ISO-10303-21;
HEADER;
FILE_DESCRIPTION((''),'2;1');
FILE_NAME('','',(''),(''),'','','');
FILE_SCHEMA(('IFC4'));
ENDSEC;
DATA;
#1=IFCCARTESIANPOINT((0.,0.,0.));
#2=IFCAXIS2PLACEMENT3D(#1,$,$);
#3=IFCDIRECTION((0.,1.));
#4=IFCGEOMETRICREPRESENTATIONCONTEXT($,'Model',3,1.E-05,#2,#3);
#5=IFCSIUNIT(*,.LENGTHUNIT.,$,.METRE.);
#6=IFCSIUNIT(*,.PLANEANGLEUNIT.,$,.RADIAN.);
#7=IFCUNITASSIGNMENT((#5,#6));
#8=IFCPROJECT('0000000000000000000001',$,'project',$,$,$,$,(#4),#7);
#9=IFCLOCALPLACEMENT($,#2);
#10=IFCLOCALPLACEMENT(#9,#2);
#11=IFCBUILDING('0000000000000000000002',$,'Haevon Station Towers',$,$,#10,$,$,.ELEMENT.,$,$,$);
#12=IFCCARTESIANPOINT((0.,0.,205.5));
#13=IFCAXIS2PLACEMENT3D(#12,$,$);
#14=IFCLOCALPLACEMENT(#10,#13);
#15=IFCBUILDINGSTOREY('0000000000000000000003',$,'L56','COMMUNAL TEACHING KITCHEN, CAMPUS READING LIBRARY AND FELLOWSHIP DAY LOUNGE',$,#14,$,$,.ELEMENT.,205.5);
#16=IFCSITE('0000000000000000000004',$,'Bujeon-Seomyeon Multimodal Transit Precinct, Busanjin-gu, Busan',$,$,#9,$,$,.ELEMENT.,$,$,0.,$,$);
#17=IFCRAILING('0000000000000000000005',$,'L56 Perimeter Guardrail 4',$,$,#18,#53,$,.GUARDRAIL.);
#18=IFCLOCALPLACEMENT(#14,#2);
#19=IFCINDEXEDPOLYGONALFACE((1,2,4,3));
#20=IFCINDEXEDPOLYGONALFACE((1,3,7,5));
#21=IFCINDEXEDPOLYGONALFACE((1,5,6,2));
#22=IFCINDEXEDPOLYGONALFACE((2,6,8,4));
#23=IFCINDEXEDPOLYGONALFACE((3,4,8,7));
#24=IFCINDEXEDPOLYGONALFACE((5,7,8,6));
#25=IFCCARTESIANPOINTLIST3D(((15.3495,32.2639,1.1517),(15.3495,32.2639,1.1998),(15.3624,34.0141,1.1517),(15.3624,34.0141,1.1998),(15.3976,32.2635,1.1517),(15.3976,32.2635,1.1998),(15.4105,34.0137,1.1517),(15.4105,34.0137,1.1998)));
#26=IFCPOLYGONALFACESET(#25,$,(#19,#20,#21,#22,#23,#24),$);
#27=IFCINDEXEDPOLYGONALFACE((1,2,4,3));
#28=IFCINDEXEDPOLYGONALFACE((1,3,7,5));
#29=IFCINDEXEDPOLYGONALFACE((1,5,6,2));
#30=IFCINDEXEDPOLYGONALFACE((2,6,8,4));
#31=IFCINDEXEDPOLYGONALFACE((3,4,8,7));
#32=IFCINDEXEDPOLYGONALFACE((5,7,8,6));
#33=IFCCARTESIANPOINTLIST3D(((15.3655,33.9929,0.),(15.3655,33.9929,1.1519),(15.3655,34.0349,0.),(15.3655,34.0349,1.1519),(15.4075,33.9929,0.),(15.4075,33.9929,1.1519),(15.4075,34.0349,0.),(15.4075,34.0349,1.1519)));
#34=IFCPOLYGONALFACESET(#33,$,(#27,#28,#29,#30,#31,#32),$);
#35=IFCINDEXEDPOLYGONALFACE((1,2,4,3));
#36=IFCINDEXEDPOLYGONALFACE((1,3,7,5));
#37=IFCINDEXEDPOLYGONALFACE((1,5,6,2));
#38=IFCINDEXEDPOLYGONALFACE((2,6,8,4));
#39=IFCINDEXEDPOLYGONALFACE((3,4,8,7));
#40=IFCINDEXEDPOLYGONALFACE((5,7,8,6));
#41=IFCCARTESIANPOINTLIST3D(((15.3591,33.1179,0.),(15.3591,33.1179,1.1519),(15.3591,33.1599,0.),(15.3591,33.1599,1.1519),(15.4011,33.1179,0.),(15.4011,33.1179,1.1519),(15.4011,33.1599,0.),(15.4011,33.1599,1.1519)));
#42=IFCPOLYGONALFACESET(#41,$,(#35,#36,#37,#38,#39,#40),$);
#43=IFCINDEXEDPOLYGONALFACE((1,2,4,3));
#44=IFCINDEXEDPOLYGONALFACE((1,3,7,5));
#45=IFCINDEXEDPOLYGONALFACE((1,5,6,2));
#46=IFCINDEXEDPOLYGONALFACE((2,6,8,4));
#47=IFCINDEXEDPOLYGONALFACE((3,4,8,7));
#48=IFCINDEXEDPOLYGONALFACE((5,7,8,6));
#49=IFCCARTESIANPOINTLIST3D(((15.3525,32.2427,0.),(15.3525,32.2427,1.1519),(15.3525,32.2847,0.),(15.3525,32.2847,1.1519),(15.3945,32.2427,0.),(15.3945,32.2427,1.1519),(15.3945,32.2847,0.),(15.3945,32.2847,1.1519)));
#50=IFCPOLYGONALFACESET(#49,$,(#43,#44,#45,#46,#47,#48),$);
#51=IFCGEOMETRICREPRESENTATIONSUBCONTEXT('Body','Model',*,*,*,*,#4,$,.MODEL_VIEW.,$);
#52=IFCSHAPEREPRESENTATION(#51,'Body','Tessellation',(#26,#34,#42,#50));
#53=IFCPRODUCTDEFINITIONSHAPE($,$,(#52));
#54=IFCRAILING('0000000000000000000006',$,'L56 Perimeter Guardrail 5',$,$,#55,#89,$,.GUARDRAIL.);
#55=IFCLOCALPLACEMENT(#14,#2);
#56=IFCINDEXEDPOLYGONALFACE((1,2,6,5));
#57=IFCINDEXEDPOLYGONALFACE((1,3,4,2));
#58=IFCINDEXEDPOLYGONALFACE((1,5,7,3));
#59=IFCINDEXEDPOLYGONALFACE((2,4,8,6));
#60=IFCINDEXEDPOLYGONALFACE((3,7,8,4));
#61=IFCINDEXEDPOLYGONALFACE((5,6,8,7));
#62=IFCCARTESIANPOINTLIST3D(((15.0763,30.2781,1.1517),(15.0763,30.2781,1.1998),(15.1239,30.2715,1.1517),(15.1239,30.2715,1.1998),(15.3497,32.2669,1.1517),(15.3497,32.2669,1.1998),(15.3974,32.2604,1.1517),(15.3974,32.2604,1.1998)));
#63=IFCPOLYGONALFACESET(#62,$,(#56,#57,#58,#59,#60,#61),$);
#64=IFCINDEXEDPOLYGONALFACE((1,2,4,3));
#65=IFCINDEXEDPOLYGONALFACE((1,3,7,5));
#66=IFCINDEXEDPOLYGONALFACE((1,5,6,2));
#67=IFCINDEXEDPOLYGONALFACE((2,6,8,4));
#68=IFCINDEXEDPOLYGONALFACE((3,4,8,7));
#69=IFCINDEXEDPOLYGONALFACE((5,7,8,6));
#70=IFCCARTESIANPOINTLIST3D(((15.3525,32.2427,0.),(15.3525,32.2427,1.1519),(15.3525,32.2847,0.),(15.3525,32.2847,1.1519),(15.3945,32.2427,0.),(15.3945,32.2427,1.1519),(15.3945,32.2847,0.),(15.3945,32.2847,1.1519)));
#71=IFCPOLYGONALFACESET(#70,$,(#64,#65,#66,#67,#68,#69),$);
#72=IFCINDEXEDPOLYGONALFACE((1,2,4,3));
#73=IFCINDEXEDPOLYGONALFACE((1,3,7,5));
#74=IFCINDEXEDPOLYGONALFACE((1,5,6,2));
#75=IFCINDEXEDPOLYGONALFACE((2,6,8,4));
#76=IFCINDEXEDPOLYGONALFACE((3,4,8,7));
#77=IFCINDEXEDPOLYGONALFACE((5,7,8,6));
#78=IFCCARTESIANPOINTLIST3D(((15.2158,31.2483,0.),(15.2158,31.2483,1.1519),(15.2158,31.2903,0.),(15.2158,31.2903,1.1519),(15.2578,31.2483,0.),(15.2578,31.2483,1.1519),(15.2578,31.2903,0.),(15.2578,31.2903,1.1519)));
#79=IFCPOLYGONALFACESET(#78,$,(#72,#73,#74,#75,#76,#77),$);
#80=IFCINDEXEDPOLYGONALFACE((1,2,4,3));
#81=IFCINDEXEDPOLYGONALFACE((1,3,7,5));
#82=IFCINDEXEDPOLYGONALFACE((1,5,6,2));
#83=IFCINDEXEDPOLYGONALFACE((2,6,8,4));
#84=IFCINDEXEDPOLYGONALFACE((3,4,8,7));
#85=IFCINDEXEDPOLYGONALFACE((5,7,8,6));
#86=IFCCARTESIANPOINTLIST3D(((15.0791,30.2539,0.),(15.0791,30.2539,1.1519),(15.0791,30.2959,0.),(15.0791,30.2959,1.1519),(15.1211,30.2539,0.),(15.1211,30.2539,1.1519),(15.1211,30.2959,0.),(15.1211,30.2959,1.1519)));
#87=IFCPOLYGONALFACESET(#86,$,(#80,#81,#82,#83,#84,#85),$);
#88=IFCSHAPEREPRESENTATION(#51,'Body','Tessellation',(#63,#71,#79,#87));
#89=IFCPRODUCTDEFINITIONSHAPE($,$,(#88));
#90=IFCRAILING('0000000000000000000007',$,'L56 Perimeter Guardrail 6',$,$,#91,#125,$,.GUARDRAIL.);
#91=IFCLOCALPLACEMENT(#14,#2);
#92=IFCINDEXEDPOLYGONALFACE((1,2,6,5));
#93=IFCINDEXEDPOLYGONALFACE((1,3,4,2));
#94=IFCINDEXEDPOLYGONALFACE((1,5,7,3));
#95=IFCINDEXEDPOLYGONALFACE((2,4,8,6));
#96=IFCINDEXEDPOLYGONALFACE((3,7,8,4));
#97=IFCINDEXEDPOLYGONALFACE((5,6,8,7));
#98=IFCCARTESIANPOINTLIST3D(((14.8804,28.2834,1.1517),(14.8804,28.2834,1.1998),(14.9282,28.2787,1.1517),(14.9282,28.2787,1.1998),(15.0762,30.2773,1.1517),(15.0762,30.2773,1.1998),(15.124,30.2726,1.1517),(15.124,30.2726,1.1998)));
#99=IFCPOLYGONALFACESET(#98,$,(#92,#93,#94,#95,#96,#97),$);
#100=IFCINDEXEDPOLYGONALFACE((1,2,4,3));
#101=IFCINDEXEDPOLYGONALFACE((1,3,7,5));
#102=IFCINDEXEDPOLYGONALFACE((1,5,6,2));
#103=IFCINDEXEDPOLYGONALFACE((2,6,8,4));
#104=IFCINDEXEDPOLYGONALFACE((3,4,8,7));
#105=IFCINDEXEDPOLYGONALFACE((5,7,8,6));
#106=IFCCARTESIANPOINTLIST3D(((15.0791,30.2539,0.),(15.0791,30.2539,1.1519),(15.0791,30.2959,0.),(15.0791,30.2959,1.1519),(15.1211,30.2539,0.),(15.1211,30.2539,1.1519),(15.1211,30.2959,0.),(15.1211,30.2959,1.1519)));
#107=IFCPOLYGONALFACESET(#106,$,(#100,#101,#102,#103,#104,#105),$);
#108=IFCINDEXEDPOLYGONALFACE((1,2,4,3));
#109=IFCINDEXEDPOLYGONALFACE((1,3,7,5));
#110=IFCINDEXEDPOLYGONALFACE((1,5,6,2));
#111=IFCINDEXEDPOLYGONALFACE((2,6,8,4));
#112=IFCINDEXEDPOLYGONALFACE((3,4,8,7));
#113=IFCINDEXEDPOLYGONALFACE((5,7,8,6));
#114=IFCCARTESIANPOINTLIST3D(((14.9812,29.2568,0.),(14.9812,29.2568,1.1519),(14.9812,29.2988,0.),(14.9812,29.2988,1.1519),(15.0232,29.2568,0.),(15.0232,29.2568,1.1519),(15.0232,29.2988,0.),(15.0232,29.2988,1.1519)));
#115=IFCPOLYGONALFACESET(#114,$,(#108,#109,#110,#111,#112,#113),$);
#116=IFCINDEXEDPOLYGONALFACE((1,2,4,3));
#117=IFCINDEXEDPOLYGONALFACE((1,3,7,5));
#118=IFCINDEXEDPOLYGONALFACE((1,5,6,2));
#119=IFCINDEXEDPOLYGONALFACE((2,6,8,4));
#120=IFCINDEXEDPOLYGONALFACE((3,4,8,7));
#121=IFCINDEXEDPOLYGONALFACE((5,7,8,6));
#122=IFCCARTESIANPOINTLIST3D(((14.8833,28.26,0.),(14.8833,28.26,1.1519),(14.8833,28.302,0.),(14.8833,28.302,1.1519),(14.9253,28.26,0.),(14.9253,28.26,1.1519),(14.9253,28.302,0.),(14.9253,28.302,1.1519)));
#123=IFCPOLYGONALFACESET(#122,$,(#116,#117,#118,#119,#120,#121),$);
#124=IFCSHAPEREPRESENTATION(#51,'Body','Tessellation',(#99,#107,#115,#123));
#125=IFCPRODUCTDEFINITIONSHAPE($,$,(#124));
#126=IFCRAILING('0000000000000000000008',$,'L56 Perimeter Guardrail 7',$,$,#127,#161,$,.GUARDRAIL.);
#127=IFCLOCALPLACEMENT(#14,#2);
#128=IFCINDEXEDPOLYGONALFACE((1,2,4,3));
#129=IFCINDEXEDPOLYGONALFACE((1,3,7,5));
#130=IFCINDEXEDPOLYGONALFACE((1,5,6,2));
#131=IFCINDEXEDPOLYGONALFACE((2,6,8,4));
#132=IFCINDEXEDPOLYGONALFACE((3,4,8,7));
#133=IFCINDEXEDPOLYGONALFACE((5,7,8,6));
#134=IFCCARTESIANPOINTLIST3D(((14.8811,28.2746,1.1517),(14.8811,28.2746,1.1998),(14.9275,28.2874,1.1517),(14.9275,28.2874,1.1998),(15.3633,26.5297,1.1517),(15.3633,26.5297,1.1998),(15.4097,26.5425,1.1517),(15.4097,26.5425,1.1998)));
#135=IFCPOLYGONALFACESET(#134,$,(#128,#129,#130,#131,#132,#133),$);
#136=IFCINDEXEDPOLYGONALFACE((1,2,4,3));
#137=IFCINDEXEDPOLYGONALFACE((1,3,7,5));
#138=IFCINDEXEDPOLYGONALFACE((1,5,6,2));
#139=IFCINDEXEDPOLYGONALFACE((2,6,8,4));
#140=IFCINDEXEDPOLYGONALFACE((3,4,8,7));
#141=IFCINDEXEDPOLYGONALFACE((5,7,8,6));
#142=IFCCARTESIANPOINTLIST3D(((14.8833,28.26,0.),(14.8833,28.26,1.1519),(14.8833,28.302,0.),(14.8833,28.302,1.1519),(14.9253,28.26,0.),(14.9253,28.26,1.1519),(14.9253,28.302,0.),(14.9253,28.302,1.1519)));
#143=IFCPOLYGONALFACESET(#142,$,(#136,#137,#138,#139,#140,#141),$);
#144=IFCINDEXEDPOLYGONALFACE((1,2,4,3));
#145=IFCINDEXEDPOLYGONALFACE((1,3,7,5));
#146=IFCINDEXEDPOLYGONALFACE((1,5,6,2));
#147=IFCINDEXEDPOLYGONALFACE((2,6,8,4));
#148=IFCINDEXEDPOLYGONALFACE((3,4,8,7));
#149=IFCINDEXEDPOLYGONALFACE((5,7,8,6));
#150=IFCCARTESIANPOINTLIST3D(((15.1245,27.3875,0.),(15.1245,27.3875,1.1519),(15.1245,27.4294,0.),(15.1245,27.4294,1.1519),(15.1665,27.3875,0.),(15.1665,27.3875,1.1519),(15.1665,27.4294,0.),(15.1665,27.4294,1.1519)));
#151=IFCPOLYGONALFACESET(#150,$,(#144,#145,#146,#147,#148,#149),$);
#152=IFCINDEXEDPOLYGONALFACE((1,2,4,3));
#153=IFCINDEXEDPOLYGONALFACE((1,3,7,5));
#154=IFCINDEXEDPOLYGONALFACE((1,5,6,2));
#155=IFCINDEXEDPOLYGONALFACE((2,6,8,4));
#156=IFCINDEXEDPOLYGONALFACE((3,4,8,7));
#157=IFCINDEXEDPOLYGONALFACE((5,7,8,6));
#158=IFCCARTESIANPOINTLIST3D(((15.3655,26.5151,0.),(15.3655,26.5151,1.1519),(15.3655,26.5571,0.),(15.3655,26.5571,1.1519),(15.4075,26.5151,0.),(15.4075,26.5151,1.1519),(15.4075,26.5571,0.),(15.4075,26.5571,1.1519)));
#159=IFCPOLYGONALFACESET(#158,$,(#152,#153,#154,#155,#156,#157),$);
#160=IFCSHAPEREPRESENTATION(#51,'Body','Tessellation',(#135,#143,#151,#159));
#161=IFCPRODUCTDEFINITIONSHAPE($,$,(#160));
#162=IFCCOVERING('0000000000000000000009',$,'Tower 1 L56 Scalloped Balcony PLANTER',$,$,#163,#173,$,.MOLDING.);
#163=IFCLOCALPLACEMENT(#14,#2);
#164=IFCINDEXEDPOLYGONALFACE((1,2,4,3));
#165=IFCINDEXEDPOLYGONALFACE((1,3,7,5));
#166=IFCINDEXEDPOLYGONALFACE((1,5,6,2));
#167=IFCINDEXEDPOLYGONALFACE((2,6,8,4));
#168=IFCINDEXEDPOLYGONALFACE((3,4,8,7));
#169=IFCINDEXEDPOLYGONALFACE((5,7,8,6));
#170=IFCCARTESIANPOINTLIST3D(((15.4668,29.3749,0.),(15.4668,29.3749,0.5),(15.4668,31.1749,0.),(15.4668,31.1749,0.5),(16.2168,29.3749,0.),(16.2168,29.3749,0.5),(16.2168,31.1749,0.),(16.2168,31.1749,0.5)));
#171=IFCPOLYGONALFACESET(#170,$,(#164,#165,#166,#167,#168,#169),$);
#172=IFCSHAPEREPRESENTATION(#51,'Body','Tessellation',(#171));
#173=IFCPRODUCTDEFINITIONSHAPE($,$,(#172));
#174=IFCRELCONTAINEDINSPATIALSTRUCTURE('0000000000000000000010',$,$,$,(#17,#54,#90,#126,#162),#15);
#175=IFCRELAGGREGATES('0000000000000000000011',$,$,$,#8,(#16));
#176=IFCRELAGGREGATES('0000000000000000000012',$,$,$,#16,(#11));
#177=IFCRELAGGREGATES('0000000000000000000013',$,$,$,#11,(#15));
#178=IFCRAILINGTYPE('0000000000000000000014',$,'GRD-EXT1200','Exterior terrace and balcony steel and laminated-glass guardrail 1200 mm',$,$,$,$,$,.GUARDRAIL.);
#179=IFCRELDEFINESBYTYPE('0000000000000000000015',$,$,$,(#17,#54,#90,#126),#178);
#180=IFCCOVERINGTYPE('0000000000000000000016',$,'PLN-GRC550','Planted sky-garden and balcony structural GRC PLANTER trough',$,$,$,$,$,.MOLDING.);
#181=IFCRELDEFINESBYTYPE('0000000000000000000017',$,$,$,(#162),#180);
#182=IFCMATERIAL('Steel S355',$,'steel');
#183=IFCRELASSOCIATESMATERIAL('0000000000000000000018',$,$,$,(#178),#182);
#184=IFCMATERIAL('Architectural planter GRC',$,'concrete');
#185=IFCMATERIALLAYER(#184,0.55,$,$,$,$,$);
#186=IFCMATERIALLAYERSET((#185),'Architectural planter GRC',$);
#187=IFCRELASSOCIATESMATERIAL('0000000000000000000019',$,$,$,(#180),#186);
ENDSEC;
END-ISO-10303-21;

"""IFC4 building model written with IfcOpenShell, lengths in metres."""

from ifc_helpers import new_model, si_unit, direction, frame, origin, origin_2d, place, context, subcontext, project, spatial, rectangle, extrude, material, layer, layer_set, type_object, element, save


model = new_model("IFC4")

# Units and contexts
model_context = context("Model", 3, precision=1e-05, world=origin(), true_north=direction((0.0, 1.0)))
body_context = subcontext(model_context, "Body", "Model", "MODEL_VIEW")
ifc_project = project(units=[si_unit("LENGTHUNIT", "METRE"), si_unit("PLANEANGLEUNIT", "RADIAN")], contexts=[model_context])

# Site, building, storey
site_placement = place(None, origin())
site = spatial("IfcSite", under=ifc_project, at=site_placement, Name="Bujeon-Seomyeon Multimodal Transit Precinct, Busanjin-gu, Busan", CompositionType="ELEMENT", RefElevation=0.0)
building_placement = place(site_placement, origin())
building = spatial("IfcBuilding", under=site, at=building_placement, Name="Haevon Station Towers", CompositionType="ELEMENT")
storey_placement = place(building_placement, frame((0.0, 0.0, 205.5)))
storey = spatial("IfcBuildingStorey", under=building, at=storey_placement, Name="L56", Description="COMMUNAL TEACHING KITCHEN, CAMPUS READING LIBRARY AND FELLOWSHIP DAY LOUNGE", CompositionType="ELEMENT", Elevation=205.5)

# Shared definitions
ifc_material_1 = material(Name="Steel S355", Category="steel")

# Railings
railing_type = type_object("IfcRailingType", Name="GRD-EXT1200", Description="Exterior terrace and balcony steel and laminated-glass guardrail 1200 mm", PredefinedType="GUARDRAIL", material=ifc_material_1)
railing_1_placement = place(storey_placement, frame((15.3865, 34.0139, 0.0)))
element("IfcRailing", 1, at=railing_1_placement, inside=storey, type_object=railing_type, Name="L56 Perimeter Guardrail 4", PredefinedType="GUARDRAIL", context=body_context, shape_type="SweptSolid", body=[
    extrude(rectangle(XDim=0.0481, YDim=0.0481, at=origin_2d()), frame((0.0, 0.0, 1.1758), z_axis=(-0.007393, -0.999973, 0.0), x_axis=(0.999973, -0.007393, 0.0)), (0.0, 0.0, 1.0), 1.7502),
    extrude(rectangle(XDim=0.042, YDim=0.042, at=origin_2d()), origin(), (0.0, 0.0, 1.0), 1.1519),
    extrude(rectangle(XDim=0.042, YDim=0.042, at=origin_2d()), frame((-0.0063, -0.875, 0.0)), (0.0, 0.0, 1.0), 1.1519),
    extrude(rectangle(XDim=0.042, YDim=0.042, at=origin_2d()), frame((-0.0129, -1.7502, 0.0)), (0.0, 0.0, 1.0), 1.1519),
])
railing_2_placement = place(storey_placement, frame((15.3735, 32.2637, 0.0)))
element("IfcRailing", 2, at=railing_2_placement, inside=storey, type_object=railing_type, Name="L56 Perimeter Guardrail 5", PredefinedType="GUARDRAIL", context=body_context, shape_type="SweptSolid", body=[
    extrude(rectangle(XDim=0.0481, YDim=0.0481, at=origin_2d()), frame((0.0, 0.0, 1.1758), z_axis=(-0.136209, -0.99068, 0.0), x_axis=(0.99068, -0.136209, 0.0)), (0.0, 0.0, 1.0), 2.0076),
    extrude(rectangle(XDim=0.042, YDim=0.042, at=origin_2d()), origin(), (0.0, 0.0, 1.0), 1.1519),
    extrude(rectangle(XDim=0.042, YDim=0.042, at=origin_2d()), frame((-0.1367, -0.9944, 0.0)), (0.0, 0.0, 1.0), 1.1519),
    extrude(rectangle(XDim=0.042, YDim=0.042, at=origin_2d()), frame((-0.2734, -1.9888, 0.0)), (0.0, 0.0, 1.0), 1.1519),
])
railing_3_placement = place(storey_placement, frame((15.1001, 30.2749, 0.0)))
element("IfcRailing", 3, at=railing_3_placement, inside=storey, type_object=railing_type, Name="L56 Perimeter Guardrail 6", PredefinedType="GUARDRAIL", context=body_context, shape_type="SweptSolid", body=[
    extrude(rectangle(XDim=0.0481, YDim=0.0481, at=origin_2d()), frame((0.0, 0.0, 1.1758), z_axis=(-0.09773, -0.995213, 0.0), x_axis=(0.995213, -0.09773, 0.0)), (0.0, 0.0, 1.0), 2.0034),
    extrude(rectangle(XDim=0.042, YDim=0.042, at=origin_2d()), origin(), (0.0, 0.0, 1.0), 1.1519),
    extrude(rectangle(XDim=0.042, YDim=0.042, at=origin_2d()), frame((-0.0979, -0.9971, 0.0)), (0.0, 0.0, 1.0), 1.1519),
    extrude(rectangle(XDim=0.042, YDim=0.042, at=origin_2d()), frame((-0.1958, -1.9939, 0.0)), (0.0, 0.0, 1.0), 1.1519),
])
railing_4_placement = place(storey_placement, frame((14.9043, 28.281, 0.0)))
element("IfcRailing", 4, at=railing_4_placement, inside=storey, type_object=railing_type, Name="L56 Perimeter Guardrail 7", PredefinedType="GUARDRAIL", context=body_context, shape_type="SweptSolid", body=[
    extrude(rectangle(XDim=0.0481, YDim=0.0481, at=origin_2d()), frame((0.0, 0.0, 1.1758), z_axis=(0.266357, -0.963874, 0.0), x_axis=(0.963874, 0.266357, 0.0)), (0.0, 0.0, 1.0), 1.8103),
    extrude(rectangle(XDim=0.042, YDim=0.042, at=origin_2d()), origin(), (0.0, 0.0, 1.0), 1.1519),
    extrude(rectangle(XDim=0.042, YDim=0.042, at=origin_2d()), frame((0.2412, -0.8726, 0.0)), (0.0, 0.0, 1.0), 1.1519),
    extrude(rectangle(XDim=0.042, YDim=0.042, at=origin_2d()), frame((0.4822, -1.7449, 0.0)), (0.0, 0.0, 1.0), 1.1519),
])

# Covering
ifc_material_2 = material(Name="Architectural planter GRC", Category="concrete")
ifc_layer_1 = layer(ifc_material_2, 0.55)
ifc_layer_set_1 = layer_set([ifc_layer_1], Name="Architectural planter GRC")
covering_type = type_object("IfcCoveringType", Name="PLN-GRC550", Description="Planted sky-garden and balcony structural GRC PLANTER trough", PredefinedType="MOLDING", material=ifc_layer_set_1)
covering_placement = place(storey_placement, frame((15.8418, 30.2749, 0.0), z_axis=(0.0, 0.0, 1.0), x_axis=(1.0, 0.0, 0.0)))
element("IfcCovering", 5, at=covering_placement, inside=storey, type_object=covering_type, Name="Tower 1 L56 Scalloped Balcony PLANTER", PredefinedType="MOLDING", context=body_context, shape_type="SweptSolid", body=[
    extrude(rectangle(XDim=0.75, YDim=1.8, at=origin_2d()), origin(), (0.0, 0.0, 1.0), 0.5),
])

save(model, "model.ifc")
